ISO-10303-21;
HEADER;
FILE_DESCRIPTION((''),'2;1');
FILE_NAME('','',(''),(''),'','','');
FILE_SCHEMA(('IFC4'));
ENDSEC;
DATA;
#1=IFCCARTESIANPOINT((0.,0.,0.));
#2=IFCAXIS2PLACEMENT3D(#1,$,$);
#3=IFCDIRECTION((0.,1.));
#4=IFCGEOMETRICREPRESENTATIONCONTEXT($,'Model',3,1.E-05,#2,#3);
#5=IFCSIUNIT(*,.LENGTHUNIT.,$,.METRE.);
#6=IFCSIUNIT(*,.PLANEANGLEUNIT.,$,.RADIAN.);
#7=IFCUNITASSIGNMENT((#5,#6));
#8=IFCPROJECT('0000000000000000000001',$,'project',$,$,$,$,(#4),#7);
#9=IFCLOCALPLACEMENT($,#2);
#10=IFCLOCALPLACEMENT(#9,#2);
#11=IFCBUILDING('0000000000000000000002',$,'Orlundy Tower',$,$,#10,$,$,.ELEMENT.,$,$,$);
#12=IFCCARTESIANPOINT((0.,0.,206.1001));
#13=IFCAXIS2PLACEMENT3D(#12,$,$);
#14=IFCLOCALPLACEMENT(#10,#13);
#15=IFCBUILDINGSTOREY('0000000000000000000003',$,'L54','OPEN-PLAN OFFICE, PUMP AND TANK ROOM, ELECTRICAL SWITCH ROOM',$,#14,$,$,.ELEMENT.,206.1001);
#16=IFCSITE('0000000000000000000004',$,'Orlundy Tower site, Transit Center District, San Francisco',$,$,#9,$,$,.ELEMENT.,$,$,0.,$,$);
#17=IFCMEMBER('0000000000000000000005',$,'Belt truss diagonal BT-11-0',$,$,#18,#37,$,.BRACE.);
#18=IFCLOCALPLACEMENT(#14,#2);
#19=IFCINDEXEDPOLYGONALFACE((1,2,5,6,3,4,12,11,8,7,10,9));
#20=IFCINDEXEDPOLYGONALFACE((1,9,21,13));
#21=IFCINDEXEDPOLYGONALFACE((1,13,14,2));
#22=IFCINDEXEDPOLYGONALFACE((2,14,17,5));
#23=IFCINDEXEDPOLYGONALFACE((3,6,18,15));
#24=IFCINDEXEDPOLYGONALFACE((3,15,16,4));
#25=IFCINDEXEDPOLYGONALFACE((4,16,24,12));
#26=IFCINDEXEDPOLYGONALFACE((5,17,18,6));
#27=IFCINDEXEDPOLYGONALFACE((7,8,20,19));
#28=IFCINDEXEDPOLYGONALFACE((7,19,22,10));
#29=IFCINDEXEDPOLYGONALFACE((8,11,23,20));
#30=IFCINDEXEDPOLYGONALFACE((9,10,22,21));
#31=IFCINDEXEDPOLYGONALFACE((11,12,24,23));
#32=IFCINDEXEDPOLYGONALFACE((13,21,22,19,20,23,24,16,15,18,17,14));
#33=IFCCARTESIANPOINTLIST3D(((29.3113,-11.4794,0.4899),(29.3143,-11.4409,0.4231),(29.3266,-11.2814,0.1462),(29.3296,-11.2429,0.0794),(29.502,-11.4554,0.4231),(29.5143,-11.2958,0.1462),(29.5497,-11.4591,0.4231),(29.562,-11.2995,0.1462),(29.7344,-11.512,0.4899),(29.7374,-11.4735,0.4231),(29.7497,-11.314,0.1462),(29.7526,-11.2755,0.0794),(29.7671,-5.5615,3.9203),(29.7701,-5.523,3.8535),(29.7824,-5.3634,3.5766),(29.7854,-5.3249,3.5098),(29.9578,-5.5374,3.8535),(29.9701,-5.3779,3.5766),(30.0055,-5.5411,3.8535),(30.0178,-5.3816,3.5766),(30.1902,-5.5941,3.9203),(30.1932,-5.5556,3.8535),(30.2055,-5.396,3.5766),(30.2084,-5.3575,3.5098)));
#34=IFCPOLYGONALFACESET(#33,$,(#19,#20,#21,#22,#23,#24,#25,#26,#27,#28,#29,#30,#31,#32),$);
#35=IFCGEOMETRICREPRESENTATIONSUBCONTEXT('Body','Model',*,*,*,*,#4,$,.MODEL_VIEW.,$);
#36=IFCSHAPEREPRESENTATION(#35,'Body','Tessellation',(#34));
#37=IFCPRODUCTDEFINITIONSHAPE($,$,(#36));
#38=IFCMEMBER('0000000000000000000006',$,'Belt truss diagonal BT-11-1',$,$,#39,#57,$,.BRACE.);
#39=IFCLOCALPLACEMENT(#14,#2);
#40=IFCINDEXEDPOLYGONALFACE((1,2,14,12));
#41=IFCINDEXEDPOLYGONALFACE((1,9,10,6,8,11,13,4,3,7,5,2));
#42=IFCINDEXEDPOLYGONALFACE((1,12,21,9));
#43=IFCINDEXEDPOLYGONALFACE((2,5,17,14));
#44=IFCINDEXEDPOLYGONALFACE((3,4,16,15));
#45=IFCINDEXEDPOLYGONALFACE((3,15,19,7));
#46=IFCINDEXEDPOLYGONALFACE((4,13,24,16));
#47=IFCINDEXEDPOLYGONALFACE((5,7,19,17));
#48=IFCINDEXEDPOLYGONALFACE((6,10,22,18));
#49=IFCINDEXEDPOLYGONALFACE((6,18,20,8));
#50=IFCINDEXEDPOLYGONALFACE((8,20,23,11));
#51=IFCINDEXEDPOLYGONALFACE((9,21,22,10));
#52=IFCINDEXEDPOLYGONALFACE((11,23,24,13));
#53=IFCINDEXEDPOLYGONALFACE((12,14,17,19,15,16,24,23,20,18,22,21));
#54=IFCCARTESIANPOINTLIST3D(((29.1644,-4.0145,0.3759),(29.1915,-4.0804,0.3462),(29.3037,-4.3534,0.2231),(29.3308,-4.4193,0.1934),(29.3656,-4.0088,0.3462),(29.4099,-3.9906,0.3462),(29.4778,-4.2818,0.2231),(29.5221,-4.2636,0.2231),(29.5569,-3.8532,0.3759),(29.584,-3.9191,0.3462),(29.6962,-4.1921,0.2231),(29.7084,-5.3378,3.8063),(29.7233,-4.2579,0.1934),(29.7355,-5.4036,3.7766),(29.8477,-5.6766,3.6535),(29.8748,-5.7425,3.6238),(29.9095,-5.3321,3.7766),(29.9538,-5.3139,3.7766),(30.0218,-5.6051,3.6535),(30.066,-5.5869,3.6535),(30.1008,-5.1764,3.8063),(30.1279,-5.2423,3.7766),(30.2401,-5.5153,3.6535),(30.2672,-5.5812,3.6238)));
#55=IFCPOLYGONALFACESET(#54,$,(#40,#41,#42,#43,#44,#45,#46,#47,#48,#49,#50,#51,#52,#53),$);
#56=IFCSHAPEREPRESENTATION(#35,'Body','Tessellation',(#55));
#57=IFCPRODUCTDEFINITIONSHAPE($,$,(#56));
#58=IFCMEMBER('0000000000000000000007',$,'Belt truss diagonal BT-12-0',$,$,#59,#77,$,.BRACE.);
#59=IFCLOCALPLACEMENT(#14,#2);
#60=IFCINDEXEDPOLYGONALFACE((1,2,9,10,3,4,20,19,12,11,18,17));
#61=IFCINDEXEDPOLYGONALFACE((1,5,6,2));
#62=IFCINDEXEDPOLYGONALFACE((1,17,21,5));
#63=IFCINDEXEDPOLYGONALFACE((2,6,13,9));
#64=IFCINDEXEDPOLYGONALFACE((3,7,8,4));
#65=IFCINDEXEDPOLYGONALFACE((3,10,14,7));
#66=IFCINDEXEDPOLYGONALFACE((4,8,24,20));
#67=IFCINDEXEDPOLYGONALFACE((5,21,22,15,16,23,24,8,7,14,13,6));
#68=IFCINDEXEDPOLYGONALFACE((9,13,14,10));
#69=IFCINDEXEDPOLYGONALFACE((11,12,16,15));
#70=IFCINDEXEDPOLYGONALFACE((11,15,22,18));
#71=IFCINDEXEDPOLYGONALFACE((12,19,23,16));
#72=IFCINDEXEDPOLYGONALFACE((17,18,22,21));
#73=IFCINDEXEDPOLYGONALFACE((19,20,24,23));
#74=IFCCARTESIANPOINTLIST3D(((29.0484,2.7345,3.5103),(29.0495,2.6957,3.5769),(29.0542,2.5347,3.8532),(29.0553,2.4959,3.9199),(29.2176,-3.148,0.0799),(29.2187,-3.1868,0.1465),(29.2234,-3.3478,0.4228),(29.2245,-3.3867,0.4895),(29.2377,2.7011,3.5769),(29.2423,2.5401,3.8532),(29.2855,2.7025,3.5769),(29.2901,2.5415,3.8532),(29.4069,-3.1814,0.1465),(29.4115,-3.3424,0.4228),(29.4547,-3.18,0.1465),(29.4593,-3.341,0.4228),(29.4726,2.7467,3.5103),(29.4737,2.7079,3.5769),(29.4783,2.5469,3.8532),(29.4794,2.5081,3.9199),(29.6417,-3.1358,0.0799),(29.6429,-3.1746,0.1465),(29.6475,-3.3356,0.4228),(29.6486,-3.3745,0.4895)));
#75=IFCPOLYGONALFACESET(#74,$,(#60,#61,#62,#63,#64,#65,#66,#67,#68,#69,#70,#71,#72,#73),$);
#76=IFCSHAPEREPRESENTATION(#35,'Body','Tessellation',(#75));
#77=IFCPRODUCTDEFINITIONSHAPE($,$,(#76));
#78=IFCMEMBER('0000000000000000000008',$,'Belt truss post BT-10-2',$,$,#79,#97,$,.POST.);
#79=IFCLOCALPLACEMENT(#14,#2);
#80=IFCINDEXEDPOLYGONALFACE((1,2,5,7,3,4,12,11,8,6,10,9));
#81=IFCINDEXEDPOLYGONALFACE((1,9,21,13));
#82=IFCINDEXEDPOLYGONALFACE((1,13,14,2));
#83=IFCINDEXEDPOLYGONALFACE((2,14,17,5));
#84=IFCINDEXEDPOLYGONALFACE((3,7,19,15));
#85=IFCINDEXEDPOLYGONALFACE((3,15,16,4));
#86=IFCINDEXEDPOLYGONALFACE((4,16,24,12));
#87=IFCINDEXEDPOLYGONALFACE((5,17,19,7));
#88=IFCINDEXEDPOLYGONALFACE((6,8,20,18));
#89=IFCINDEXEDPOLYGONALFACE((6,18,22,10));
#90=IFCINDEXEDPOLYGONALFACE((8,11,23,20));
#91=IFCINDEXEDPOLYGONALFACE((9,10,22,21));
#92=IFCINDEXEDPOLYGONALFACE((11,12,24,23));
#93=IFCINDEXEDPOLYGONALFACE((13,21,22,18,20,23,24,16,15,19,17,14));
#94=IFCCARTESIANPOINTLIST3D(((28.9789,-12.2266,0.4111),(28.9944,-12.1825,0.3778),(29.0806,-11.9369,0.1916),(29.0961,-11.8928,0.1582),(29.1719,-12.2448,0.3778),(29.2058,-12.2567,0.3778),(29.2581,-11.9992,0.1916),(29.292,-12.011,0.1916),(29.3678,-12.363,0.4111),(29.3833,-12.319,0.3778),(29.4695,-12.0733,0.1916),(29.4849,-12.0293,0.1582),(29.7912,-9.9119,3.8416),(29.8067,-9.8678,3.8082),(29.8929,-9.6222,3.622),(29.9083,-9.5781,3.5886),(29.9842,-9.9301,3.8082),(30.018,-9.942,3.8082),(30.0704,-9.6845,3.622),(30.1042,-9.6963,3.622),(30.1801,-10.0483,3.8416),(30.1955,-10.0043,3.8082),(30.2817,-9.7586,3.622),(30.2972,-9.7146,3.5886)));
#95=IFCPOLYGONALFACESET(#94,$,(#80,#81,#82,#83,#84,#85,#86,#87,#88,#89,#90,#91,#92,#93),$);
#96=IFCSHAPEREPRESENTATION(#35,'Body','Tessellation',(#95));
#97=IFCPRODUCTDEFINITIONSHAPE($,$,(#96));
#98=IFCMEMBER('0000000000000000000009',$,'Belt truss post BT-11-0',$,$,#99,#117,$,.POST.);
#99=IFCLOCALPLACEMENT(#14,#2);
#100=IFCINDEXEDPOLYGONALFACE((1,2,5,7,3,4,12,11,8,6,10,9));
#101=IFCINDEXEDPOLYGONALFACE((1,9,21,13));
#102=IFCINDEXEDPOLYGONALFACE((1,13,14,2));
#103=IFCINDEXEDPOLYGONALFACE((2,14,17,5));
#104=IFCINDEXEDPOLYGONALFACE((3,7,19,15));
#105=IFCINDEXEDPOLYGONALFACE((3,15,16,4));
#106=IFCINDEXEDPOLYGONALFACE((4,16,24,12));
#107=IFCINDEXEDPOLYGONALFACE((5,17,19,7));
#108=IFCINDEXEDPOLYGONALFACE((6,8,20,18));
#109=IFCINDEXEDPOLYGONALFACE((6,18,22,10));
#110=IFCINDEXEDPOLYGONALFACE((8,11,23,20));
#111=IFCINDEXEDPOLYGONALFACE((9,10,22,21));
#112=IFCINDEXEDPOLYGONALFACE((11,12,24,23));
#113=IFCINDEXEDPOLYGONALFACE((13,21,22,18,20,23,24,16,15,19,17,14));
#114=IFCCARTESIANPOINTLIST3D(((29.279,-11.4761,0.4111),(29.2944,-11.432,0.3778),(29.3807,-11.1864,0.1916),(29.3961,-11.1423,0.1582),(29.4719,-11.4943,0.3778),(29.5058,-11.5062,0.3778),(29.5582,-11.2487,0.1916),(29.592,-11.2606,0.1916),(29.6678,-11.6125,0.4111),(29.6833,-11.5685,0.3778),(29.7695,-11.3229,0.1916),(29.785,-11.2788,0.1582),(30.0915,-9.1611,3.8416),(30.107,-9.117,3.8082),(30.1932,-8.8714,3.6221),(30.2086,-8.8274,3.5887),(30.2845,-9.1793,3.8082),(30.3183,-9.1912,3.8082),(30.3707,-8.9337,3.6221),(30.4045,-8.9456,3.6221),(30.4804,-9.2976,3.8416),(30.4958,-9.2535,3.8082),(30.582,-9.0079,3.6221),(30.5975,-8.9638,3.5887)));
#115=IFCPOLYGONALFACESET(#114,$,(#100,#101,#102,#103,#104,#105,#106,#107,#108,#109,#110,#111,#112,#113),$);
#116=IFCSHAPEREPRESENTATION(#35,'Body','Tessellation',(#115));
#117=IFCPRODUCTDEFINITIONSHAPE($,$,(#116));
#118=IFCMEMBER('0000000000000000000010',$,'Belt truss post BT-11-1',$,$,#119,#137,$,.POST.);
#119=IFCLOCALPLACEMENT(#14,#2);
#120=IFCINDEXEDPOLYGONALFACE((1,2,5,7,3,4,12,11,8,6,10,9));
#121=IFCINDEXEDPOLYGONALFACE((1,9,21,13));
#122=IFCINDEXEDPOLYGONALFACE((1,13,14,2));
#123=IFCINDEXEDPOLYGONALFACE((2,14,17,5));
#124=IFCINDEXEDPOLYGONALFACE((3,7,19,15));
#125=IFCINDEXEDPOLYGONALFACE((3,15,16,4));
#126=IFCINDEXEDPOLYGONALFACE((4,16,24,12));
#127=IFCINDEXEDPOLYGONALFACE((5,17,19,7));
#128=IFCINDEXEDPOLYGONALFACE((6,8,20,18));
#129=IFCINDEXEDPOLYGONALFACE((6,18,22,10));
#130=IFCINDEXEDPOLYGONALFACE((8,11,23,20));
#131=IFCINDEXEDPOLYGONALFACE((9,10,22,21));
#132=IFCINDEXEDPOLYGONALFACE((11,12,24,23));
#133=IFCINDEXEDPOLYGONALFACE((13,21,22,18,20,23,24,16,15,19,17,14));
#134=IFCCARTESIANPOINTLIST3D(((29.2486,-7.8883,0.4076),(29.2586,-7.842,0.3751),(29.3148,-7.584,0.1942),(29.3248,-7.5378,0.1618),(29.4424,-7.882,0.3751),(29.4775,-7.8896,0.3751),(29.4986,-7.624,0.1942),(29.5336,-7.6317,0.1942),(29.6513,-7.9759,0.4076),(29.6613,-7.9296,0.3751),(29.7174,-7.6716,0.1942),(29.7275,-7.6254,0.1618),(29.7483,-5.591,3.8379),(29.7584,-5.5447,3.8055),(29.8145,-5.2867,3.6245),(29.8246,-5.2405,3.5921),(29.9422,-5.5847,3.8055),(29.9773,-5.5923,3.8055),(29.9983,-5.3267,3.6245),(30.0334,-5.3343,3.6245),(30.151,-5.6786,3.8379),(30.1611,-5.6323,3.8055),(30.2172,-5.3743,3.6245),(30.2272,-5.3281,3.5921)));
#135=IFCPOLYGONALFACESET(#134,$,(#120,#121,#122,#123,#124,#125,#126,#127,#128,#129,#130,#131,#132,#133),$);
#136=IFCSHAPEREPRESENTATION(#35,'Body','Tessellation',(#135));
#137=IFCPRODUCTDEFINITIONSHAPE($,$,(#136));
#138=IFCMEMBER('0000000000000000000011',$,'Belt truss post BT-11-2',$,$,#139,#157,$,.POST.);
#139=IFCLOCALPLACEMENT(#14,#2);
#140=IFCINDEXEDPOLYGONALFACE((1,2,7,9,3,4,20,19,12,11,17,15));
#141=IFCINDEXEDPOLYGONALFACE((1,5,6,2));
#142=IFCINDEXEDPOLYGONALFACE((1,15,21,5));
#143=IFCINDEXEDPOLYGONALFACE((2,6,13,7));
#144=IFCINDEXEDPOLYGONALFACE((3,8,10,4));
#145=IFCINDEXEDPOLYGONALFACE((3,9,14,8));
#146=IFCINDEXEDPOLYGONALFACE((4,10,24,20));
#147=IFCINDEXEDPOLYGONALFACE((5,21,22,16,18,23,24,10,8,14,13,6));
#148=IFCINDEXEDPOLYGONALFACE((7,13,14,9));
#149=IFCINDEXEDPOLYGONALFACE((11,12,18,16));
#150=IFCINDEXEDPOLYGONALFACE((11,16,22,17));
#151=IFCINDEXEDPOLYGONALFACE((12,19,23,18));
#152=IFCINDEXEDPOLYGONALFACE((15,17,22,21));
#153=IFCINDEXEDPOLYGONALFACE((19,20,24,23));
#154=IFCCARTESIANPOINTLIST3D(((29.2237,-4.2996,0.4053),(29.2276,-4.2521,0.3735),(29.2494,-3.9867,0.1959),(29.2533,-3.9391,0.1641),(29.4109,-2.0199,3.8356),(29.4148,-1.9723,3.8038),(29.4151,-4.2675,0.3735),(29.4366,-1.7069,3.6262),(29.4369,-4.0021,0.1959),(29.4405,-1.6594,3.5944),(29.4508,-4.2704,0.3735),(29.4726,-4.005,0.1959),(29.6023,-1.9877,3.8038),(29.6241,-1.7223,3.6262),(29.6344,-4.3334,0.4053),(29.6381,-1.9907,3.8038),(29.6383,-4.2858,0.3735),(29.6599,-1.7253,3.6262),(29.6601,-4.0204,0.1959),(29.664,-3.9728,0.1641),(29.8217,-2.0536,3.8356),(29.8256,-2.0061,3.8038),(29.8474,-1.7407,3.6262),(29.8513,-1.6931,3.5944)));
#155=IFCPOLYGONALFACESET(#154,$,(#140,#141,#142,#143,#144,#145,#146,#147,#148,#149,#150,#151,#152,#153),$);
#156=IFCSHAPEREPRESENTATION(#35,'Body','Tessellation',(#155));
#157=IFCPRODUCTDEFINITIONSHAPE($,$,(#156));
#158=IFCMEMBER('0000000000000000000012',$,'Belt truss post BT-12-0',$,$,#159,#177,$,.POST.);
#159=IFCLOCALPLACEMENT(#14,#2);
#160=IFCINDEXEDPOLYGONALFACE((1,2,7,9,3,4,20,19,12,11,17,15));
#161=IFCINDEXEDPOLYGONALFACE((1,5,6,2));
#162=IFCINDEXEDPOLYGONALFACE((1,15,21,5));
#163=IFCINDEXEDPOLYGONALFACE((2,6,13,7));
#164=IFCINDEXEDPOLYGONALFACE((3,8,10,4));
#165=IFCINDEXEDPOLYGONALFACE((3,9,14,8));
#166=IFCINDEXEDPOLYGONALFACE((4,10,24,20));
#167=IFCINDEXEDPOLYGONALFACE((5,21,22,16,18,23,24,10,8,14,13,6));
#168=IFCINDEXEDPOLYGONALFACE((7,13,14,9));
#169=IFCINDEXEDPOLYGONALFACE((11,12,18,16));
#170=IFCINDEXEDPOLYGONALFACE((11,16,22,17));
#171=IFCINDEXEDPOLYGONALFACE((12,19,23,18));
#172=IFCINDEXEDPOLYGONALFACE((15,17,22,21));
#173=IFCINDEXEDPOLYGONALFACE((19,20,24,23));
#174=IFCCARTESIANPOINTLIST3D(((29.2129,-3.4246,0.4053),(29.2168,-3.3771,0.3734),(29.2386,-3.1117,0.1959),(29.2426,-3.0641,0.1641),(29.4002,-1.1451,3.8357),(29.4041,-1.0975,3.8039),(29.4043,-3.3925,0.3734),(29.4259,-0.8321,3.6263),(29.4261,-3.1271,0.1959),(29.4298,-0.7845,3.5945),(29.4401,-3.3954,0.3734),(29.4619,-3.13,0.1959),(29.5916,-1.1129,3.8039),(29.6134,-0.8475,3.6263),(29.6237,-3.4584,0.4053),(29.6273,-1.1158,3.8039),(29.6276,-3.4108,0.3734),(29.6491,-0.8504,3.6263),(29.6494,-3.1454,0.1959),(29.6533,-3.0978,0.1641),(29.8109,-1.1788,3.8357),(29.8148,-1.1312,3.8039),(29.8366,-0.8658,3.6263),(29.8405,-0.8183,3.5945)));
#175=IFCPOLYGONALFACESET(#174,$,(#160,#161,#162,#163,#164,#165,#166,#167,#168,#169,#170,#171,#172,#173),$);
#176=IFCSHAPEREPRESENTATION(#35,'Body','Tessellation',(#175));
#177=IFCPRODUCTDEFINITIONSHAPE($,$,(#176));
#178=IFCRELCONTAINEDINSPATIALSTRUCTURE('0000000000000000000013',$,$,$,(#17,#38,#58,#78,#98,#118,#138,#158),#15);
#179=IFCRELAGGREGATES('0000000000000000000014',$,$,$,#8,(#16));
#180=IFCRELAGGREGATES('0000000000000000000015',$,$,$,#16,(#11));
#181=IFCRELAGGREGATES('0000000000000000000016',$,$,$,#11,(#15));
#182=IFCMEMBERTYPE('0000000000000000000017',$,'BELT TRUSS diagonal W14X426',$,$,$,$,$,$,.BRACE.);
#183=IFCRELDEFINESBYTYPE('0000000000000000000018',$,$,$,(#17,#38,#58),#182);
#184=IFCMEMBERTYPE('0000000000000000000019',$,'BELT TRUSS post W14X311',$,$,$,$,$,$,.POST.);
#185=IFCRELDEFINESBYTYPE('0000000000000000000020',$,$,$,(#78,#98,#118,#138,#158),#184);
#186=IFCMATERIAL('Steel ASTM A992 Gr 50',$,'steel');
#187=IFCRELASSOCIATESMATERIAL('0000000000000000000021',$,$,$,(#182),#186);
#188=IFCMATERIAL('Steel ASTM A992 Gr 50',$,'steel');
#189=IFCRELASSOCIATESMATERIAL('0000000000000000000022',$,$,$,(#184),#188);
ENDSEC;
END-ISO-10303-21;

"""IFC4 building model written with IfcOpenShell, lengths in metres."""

from ifc_helpers import new_model, si_unit, direction, frame, origin, origin_2d, place, context, subcontext, project, spatial, i_section, extrude, material, material_profile, profile_set, type_object, element, save


model = new_model("IFC4")

# Units and contexts
model_context = context("Model", 3, precision=1e-05, world=origin(), true_north=direction((0.0, 1.0)))
body_context = subcontext(model_context, "Body", "Model", "MODEL_VIEW")
ifc_project = project(units=[si_unit("LENGTHUNIT", "METRE"), si_unit("PLANEANGLEUNIT", "RADIAN")], contexts=[model_context])

# Site, building, storey
site_placement = place(None, origin())
site = spatial("IfcSite", under=ifc_project, at=site_placement, Name="Orlundy Tower site, Transit Center District, San Francisco", CompositionType="ELEMENT", RefElevation=0.0)
building_placement = place(site_placement, origin())
building = spatial("IfcBuilding", under=site, at=building_placement, Name="Orlundy Tower", CompositionType="ELEMENT")
storey_placement = place(building_placement, frame((0.0, 0.0, 206.1001)))
storey = spatial("IfcBuildingStorey", under=building, at=storey_placement, Name="L54", Description="OPEN-PLAN OFFICE, PUMP AND TANK ROOM, ELECTRICAL SWITCH ROOM", CompositionType="ELEMENT", Elevation=206.1001)

# Members
ifc_material_1 = material(Name="Steel ASTM A992 Gr 50", Category="steel")
ifc_material_profile_1 = material_profile(ifc_material_1, i_section(OverallWidth=0.4243, OverallDepth=0.4741, WebThickness=0.0479, FlangeThickness=0.0771, at=origin_2d()), Name="W14X426")
ifc_profile_set_1 = profile_set([ifc_material_profile_1], Name="Steel ASTM A992 Gr 50")
member_type_1 = type_object("IfcMemberType", Name="BELT TRUSS diagonal W14X426", PredefinedType="BRACE", material=ifc_profile_set_1)
member_1_placement = place(storey_placement, frame((29.532, -11.3774, 0.2847), z_axis=(0.066488, 0.863244, 0.500389), x_axis=(-0.997047, 0.076794, 0.0)))
element("IfcMember", 1, at=member_1_placement, inside=storey, type_object=member_type_1, Name="Belt truss diagonal BT-11-0", PredefinedType="BRACE", context=body_context, shape_type="SweptSolid", body=[
    extrude(i_section(OverallWidth=0.4243, OverallDepth=0.4741, WebThickness=0.0479, FlangeThickness=0.0771, at=origin_2d()), origin(), (0.0, 0.0, 1.0), 6.8555),
])
member_2_placement = place(storey_placement, frame((29.9878, -5.4595, 3.7151), z_axis=(-0.146348, 0.356016, -0.922949), x_axis=(-0.924904, -0.3802, 0.0)))
element("IfcMember", 2, at=member_2_placement, inside=storey, type_object=member_type_1, Name="Belt truss diagonal BT-11-1", PredefinedType="BRACE", context=body_context, shape_type="SweptSolid", body=[
    extrude(i_section(OverallWidth=0.4243, OverallDepth=0.4741, WebThickness=0.0479, FlangeThickness=0.0771, at=origin_2d()), origin(), (0.0, 0.0, 1.0), 3.7168),
])
member_3_placement = place(storey_placement, frame((29.4331, -3.2612, 0.2847), z_axis=(-0.024838, 0.863581, 0.503597), x_axis=(-0.999587, -0.028749, 0.0)))
element("IfcMember", 3, at=member_3_placement, inside=storey, type_object=member_type_1, Name="Belt truss diagonal BT-12-0", PredefinedType="BRACE", context=body_context, shape_type="SweptSolid", body=[
    extrude(i_section(OverallWidth=0.4243, OverallDepth=0.4741, WebThickness=0.0479, FlangeThickness=0.0771, at=origin_2d()), origin(), (0.0, 0.0, 1.0), 6.8118),
])
ifc_material_2 = material(Name="Steel ASTM A992 Gr 50", Category="steel")
ifc_material_profile_2 = material_profile(ifc_material_2, i_section(OverallWidth=0.4121, OverallDepth=0.4348, WebThickness=0.0359, FlangeThickness=0.0574, at=origin_2d()), Name="W14X311")
ifc_profile_set_2 = profile_set([ifc_material_profile_2], Name="Steel ASTM A992 Gr 50")
member_type_2 = type_object("IfcMemberType", Name="BELT TRUSS post W14X311", PredefinedType="POST", material=ifc_profile_set_2)
member_4_placement = place(storey_placement, frame((29.2319, -12.1279, 0.2847), z_axis=(0.192602, 0.548862, 0.813422), x_axis=(-0.94359, 0.331117, 0.0)))
element("IfcMember", 4, at=member_4_placement, inside=storey, type_object=member_type_2, Name="Belt truss post BT-10-2", PredefinedType="POST", context=body_context, shape_type="SweptSolid", body=[
    extrude(i_section(OverallWidth=0.4121, OverallDepth=0.4348, WebThickness=0.0359, FlangeThickness=0.0574, at=origin_2d()), origin(), (0.0, 0.0, 1.0), 4.2173),
])
member_5_placement = place(storey_placement, frame((29.532, -11.3774, 0.2847), z_axis=(0.192652, 0.548896, 0.813387), x_axis=(-0.943569, 0.331175, 0.0)))
element("IfcMember", 5, at=member_5_placement, inside=storey, type_object=member_type_2, Name="Belt truss post BT-11-0", PredefinedType="POST", context=body_context, shape_type="SweptSolid", body=[
    extrude(i_section(OverallWidth=0.4121, OverallDepth=0.4348, WebThickness=0.0359, FlangeThickness=0.0574, at=origin_2d()), origin(), (0.0, 0.0, 1.0), 4.2175),
])
member_6_placement = place(storey_placement, frame((29.488, -7.7568, 0.2847), z_axis=(0.120169, 0.552413, 0.824863), x_axis=(-0.977147, 0.212563, 0.0)))
element("IfcMember", 6, at=member_6_placement, inside=storey, type_object=member_type_2, Name="Belt truss post BT-11-1", PredefinedType="POST", context=body_context, shape_type="SweptSolid", body=[
    extrude(i_section(OverallWidth=0.4121, OverallDepth=0.4348, WebThickness=0.0359, FlangeThickness=0.0574, at=origin_2d()), origin(), (0.0, 0.0, 1.0), 4.1587),
])
for number, where, z_axis, x_axis, name in (
    (7, (29.4438, -4.1362, 0.2847), (0.045416, 0.552925, 0.831993), (-0.996644, 0.081862, 0.0), "Belt truss post BT-11-2"),
    (8, (29.4331, -3.2612, 0.2847), (0.045417, 0.552884, 0.83202), (-0.996643, 0.081871, 0.0), "Belt truss post BT-12-0"),
):
    element("IfcMember", number, at=place(storey_placement, frame(where, z_axis=z_axis, x_axis=x_axis)), inside=storey, type_object=member_type_2, Name=name, PredefinedType="POST", context=body_context, shape_type="SweptSolid", body=[
        extrude(i_section(OverallWidth=0.4121, OverallDepth=0.4348, WebThickness=0.0359, FlangeThickness=0.0574, at=origin_2d()), origin(), (0.0, 0.0, 1.0), 4.123),
    ])

save(model, "model.ifc")
